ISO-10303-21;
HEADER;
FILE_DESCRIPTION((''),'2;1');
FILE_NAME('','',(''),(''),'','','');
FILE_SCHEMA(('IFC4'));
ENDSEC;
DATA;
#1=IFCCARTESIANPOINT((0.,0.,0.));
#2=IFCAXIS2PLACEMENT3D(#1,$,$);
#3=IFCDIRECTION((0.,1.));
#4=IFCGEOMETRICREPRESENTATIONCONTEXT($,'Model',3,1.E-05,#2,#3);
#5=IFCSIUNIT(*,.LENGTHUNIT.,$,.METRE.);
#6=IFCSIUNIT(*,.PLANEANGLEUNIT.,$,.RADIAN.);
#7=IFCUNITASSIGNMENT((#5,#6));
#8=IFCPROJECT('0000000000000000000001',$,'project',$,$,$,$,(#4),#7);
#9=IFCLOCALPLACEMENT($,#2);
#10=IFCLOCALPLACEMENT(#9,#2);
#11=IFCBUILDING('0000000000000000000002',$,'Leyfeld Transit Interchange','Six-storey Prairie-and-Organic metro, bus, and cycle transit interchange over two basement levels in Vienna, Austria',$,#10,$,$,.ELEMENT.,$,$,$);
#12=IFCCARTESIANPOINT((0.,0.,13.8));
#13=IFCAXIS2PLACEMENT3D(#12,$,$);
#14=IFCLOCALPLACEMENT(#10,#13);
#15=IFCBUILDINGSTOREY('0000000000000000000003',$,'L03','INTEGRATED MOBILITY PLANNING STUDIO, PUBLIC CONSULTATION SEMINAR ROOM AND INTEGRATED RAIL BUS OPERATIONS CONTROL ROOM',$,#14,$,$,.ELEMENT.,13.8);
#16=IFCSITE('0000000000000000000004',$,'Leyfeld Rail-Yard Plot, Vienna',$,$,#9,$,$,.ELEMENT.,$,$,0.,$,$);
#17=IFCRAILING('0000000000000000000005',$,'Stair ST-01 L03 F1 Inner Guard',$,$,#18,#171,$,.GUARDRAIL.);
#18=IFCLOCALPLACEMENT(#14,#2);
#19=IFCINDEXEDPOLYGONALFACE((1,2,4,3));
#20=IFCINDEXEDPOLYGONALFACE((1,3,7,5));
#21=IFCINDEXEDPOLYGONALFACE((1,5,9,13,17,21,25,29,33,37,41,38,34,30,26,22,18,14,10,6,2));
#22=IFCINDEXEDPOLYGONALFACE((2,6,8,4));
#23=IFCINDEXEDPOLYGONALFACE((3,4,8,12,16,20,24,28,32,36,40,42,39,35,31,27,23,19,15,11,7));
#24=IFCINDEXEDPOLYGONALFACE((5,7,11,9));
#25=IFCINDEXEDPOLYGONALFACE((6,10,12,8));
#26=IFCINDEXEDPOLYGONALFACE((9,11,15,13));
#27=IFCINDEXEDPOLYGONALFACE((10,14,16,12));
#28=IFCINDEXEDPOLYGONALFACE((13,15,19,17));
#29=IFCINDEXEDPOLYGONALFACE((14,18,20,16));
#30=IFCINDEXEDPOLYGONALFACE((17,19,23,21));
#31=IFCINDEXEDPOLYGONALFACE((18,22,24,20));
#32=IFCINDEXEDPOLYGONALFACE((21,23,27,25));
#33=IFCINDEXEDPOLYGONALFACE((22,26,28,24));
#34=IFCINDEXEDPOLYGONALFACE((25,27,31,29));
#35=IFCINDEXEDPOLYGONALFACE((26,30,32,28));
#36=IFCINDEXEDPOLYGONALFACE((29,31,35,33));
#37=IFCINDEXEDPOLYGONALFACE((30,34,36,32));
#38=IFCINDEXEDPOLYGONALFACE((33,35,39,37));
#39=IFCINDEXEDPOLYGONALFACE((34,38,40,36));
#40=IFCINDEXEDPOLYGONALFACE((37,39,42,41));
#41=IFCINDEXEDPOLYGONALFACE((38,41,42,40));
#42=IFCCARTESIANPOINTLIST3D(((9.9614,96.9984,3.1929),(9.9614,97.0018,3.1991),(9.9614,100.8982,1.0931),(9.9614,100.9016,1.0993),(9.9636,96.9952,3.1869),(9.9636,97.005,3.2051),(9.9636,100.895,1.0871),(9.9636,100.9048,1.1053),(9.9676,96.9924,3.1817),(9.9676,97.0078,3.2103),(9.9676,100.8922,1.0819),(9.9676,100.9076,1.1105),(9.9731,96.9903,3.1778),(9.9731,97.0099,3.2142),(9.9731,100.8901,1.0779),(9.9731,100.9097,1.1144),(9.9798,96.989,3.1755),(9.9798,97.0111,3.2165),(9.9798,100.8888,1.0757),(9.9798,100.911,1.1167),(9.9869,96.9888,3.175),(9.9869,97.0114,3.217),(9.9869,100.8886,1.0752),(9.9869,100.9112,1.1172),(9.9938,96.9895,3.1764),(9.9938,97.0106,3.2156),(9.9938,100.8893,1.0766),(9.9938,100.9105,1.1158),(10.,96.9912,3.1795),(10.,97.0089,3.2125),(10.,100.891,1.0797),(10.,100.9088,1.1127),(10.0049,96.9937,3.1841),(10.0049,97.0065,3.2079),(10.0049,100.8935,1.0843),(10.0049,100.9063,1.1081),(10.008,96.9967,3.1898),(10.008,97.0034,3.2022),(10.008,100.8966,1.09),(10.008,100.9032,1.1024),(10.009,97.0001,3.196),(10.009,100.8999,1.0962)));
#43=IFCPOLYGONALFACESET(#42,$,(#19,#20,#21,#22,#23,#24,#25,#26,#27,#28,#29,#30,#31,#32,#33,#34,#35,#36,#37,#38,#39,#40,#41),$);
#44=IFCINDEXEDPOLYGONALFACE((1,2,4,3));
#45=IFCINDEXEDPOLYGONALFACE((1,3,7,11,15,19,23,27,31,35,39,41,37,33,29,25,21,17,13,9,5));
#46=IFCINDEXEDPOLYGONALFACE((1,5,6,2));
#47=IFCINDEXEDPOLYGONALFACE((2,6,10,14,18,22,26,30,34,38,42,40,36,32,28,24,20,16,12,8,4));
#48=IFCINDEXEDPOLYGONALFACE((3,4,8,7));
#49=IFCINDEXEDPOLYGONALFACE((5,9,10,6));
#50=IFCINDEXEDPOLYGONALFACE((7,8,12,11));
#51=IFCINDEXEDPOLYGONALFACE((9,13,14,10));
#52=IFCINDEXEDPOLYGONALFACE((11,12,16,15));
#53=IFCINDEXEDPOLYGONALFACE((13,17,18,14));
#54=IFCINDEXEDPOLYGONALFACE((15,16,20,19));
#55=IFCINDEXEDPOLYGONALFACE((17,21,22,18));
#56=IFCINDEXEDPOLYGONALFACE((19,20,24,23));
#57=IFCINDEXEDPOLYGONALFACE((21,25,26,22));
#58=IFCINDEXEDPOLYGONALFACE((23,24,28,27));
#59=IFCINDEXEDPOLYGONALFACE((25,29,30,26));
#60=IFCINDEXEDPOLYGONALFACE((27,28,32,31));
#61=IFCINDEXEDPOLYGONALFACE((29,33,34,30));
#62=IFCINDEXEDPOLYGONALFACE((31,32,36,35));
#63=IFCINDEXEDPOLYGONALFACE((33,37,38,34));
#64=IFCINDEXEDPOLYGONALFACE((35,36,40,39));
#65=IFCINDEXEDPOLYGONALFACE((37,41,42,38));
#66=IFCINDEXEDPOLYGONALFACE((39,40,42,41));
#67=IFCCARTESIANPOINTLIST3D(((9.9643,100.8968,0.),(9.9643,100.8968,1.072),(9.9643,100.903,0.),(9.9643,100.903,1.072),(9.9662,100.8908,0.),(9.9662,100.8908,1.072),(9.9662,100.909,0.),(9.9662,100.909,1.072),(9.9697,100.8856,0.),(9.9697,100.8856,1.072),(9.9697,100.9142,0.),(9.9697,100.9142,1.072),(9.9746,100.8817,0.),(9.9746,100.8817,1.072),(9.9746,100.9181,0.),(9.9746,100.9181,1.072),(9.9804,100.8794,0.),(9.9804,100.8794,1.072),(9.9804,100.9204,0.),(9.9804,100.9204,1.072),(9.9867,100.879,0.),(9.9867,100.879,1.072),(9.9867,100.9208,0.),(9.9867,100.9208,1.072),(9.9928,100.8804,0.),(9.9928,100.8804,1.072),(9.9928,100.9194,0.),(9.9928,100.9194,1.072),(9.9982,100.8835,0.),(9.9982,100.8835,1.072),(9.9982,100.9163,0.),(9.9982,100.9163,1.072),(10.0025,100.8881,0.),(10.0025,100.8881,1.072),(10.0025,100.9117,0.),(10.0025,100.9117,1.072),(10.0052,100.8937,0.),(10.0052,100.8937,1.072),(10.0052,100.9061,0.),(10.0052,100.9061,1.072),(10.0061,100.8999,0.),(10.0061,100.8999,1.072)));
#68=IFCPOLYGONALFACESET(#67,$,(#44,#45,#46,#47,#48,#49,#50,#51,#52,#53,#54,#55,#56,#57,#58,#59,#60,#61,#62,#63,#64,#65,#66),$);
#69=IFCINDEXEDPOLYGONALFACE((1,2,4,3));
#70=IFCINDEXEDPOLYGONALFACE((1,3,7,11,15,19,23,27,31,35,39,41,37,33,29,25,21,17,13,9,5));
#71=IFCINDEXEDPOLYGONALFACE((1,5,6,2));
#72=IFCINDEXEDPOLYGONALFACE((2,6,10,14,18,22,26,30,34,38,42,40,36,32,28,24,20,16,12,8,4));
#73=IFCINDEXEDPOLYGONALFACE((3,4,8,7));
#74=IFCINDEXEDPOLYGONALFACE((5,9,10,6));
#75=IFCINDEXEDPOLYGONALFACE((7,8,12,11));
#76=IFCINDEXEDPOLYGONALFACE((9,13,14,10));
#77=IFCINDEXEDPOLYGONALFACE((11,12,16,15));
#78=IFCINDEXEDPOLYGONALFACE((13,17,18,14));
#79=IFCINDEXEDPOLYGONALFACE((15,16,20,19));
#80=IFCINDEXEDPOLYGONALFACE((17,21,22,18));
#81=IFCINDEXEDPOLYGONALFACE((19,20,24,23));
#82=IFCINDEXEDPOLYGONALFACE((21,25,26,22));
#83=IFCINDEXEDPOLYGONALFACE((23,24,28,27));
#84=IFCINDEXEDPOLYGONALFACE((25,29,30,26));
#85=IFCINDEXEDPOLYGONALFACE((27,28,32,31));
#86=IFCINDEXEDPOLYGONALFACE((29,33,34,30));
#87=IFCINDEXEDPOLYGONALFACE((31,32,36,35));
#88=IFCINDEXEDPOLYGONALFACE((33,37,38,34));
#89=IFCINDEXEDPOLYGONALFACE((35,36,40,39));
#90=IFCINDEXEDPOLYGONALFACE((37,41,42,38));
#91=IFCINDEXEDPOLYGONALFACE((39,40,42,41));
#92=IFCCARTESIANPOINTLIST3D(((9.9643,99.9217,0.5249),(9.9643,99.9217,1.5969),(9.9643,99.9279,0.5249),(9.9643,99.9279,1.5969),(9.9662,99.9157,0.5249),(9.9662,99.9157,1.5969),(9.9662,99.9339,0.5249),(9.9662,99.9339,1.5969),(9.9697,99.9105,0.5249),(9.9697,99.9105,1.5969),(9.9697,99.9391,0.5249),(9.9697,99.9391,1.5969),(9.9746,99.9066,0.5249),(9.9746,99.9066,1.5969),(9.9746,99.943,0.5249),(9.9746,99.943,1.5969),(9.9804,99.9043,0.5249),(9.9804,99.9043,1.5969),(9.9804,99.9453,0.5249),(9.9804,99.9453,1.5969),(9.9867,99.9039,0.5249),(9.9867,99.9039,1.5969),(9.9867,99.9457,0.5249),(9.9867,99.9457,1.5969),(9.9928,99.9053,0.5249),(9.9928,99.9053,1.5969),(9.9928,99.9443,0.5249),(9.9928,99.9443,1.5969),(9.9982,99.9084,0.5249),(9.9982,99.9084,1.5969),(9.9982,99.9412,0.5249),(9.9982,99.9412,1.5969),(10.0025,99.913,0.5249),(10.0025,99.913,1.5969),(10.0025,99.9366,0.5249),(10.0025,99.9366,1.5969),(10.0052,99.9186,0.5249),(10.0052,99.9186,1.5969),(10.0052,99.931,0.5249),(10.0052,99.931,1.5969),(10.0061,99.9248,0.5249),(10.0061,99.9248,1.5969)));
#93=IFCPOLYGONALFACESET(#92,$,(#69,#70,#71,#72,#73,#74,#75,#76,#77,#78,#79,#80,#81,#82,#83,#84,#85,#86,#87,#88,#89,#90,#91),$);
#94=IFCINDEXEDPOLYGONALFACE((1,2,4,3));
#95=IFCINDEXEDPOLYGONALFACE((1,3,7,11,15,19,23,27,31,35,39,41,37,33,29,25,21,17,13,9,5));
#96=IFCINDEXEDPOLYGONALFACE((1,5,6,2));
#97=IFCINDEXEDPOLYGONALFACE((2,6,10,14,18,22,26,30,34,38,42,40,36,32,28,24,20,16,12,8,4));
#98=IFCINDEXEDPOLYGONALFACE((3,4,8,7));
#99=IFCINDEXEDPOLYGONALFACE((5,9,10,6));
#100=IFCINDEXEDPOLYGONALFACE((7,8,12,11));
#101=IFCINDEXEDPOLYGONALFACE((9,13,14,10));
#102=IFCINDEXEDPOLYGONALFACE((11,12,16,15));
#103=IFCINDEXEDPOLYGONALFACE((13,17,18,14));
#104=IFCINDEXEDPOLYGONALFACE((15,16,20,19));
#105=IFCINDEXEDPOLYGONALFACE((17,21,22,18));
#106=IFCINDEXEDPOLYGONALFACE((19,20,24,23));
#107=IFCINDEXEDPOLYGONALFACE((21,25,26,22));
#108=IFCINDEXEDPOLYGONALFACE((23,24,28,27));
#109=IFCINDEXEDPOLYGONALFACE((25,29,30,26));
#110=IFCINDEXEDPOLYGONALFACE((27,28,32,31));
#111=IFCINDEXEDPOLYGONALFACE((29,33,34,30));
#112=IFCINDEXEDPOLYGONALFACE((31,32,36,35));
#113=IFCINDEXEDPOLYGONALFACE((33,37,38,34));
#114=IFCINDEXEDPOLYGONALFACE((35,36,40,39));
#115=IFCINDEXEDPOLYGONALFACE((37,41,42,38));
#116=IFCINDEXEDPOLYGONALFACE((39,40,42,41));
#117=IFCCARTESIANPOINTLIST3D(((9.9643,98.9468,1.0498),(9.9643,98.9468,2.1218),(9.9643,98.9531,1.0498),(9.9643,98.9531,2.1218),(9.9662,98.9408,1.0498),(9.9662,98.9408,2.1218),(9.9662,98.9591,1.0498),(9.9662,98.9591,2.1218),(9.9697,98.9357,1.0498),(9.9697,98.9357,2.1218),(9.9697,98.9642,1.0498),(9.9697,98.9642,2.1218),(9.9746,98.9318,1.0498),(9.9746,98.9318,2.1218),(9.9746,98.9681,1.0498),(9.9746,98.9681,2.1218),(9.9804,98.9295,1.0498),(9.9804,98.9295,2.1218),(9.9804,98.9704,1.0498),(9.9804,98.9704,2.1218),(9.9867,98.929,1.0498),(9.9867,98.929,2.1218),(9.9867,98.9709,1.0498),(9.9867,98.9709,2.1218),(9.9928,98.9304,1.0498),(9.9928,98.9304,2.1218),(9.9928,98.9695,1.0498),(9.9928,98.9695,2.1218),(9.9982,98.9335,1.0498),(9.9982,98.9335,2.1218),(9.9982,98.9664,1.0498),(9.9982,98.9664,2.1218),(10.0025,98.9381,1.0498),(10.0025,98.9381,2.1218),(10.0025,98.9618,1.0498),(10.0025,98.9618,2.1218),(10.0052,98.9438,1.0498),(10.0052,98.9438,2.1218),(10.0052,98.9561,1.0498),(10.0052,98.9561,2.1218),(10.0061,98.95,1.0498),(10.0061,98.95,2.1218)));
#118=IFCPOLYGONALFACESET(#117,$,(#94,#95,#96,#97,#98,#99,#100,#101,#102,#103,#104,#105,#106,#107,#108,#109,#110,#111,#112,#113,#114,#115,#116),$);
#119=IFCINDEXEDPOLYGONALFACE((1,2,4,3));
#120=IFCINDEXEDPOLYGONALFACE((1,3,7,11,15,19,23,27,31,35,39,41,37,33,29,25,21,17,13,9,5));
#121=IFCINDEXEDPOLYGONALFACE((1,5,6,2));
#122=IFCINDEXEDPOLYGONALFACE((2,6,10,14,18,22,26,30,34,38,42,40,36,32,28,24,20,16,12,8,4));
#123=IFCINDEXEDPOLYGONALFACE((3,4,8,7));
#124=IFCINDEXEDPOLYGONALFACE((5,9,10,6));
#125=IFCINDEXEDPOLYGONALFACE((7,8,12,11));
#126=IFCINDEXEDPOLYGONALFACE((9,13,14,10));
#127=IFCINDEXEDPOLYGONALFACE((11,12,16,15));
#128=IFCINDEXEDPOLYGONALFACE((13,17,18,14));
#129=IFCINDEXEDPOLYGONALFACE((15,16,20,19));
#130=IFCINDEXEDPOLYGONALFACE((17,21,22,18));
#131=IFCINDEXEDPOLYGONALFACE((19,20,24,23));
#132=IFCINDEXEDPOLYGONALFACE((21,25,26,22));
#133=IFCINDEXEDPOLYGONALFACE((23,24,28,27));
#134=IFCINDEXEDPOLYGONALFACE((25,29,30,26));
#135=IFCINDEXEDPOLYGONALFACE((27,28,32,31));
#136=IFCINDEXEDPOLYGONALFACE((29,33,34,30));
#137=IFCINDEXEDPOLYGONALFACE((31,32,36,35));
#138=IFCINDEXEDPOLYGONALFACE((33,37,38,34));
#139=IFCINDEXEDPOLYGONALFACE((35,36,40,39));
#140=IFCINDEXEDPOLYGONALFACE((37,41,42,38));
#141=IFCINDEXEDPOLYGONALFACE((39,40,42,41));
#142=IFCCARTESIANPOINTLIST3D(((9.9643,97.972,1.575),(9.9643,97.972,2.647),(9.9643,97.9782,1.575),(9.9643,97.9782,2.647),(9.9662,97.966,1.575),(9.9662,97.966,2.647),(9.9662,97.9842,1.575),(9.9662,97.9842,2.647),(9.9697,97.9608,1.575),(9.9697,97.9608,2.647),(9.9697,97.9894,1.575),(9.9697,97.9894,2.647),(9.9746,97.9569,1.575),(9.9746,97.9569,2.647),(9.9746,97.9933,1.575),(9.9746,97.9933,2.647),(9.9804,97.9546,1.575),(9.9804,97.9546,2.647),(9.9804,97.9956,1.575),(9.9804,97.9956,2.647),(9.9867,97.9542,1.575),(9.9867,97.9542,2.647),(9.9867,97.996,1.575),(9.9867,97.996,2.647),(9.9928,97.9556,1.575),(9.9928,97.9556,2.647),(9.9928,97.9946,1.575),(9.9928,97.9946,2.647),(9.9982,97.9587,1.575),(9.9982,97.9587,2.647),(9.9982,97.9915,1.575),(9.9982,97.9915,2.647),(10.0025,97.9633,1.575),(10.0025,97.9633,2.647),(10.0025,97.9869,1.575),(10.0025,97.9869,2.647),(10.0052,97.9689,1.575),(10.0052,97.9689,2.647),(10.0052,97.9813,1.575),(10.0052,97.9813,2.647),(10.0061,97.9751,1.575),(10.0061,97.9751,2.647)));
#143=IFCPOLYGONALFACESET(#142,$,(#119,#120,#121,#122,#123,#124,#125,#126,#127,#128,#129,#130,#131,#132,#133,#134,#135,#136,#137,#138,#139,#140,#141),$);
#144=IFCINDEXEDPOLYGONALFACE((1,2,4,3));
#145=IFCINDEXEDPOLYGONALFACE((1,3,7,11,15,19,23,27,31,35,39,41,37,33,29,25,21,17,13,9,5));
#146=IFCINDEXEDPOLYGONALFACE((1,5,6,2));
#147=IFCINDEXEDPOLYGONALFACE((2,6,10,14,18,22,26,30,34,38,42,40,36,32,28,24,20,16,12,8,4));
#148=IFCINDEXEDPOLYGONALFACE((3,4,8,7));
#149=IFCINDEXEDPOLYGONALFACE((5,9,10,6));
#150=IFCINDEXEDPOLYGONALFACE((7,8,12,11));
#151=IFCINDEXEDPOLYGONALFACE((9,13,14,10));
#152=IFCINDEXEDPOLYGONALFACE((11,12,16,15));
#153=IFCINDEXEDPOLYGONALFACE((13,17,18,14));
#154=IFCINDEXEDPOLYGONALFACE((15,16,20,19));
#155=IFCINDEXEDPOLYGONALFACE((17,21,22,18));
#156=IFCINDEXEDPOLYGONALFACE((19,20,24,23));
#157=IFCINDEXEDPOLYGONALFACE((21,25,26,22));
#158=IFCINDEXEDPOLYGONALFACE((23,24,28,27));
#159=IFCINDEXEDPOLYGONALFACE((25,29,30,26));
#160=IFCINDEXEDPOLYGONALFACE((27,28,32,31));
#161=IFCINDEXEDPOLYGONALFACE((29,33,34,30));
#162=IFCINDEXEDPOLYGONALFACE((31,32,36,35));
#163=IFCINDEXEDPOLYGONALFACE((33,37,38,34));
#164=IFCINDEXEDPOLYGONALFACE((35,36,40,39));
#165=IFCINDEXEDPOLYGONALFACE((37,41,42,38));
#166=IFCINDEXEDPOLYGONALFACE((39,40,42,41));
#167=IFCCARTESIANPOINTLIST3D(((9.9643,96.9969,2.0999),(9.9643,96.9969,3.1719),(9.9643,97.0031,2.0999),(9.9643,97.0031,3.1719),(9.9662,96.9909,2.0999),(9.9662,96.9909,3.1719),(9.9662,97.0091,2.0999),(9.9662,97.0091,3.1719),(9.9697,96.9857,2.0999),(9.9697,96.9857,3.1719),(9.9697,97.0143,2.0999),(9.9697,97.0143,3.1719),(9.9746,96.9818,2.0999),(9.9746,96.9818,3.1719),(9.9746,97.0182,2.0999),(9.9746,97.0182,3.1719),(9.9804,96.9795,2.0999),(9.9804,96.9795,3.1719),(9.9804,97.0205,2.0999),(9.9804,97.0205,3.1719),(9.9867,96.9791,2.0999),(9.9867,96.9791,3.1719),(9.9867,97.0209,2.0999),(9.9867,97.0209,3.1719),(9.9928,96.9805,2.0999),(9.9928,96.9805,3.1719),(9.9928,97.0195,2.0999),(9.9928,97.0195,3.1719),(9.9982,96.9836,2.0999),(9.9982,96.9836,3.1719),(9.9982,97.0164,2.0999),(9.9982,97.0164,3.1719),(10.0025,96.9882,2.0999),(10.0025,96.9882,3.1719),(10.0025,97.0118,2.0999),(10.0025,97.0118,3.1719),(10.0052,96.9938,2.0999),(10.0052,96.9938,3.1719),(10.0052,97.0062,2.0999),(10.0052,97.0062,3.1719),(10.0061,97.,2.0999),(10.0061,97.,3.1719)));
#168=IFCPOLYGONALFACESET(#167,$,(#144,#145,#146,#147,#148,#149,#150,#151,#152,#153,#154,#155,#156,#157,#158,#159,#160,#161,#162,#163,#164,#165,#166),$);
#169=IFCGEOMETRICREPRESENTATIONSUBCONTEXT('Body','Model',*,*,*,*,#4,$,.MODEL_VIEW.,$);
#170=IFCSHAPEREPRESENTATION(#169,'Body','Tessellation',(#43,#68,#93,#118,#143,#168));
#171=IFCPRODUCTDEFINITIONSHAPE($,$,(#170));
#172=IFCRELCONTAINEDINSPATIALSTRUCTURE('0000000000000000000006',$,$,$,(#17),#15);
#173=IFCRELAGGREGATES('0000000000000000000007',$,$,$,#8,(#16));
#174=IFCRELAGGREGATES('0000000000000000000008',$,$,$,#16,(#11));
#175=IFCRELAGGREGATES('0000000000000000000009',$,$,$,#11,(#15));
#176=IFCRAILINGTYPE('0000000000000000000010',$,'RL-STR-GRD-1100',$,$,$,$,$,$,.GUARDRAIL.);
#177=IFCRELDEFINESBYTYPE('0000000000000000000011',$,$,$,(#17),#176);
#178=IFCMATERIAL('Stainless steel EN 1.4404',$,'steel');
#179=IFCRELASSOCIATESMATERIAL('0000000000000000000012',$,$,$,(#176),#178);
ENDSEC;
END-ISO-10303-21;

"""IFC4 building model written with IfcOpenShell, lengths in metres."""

from ifc_helpers import new_model, si_unit, direction, frame, origin, origin_2d, place, context, subcontext, project, spatial, circle, extrude, material, type_object, element, save


model = new_model("IFC4")

# Units and contexts
model_context = context("Model", 3, precision=1e-05, world=origin(), true_north=direction((0.0, 1.0)))
body_context = subcontext(model_context, "Body", "Model", "MODEL_VIEW")
ifc_project = project(units=[si_unit("LENGTHUNIT", "METRE"), si_unit("PLANEANGLEUNIT", "RADIAN")], contexts=[model_context])

# Site, building, storey
site_placement = place(None, origin())
site = spatial("IfcSite", under=ifc_project, at=site_placement, Name="Leyfeld Rail-Yard Plot, Vienna", CompositionType="ELEMENT", RefElevation=0.0)
building_placement = place(site_placement, origin())
building = spatial("IfcBuilding", under=site, at=building_placement, Name="Leyfeld Transit Interchange", Description="Six-storey Prairie-and-Organic metro, bus, and cycle transit interchange over two basement levels in Vienna, Austria", CompositionType="ELEMENT")
storey_placement = place(building_placement, frame((0.0, 0.0, 13.8)))
storey = spatial("IfcBuildingStorey", under=building, at=storey_placement, Name="L03", Description="INTEGRATED MOBILITY PLANNING STUDIO, PUBLIC CONSULTATION SEMINAR ROOM AND INTEGRATED RAIL BUS OPERATIONS CONTROL ROOM", CompositionType="ELEMENT", Elevation=13.8)

# Shared definitions
ifc_material_1 = material(Name="Stainless steel EN 1.4404", Category="steel")

# Railing
railing_type_1 = type_object("IfcRailingType", Name="RL-STR-GRD-1100", PredefinedType="GUARDRAIL", material=ifc_material_1)
for number, where, name in (
    (1, (9.9851, 100.8999, 0.0), "Stair ST-01 L03 F1 Inner Guard"),
):
    element("IfcRailing", number, at=place(storey_placement, frame(where)), inside=storey, type_object=railing_type_1, Name=name, PredefinedType="GUARDRAIL", context=body_context, shape_type="SweptSolid", body=[
        extrude(circle(Radius=0.0239, at=origin_2d()), frame((0.0, 0.0, 1.0962), z_axis=(0.0, -0.88048, 0.474083), x_axis=(1.0, 0.0, 0.0)), (0.0, 0.0, 1.0), 4.4292),
        extrude(circle(Radius=0.021, at=origin_2d()), origin(), (0.0, 0.0, 1.0), 1.072),
        extrude(circle(Radius=0.021, at=origin_2d()), frame((0.0, -0.9751, 0.5249)), (0.0, 0.0, 1.0), 1.072),
        extrude(circle(Radius=0.021, at=origin_2d()), frame((0.0, -1.95, 1.0498)), (0.0, 0.0, 1.0), 1.072),
        extrude(circle(Radius=0.021, at=origin_2d()), frame((0.0, -2.9248, 1.575)), (0.0, 0.0, 1.0), 1.072),
        extrude(circle(Radius=0.021, at=origin_2d()), frame((0.0, -3.8999, 2.0999)), (0.0, 0.0, 1.0), 1.072),
    ])

save(model, "model.ifc")
